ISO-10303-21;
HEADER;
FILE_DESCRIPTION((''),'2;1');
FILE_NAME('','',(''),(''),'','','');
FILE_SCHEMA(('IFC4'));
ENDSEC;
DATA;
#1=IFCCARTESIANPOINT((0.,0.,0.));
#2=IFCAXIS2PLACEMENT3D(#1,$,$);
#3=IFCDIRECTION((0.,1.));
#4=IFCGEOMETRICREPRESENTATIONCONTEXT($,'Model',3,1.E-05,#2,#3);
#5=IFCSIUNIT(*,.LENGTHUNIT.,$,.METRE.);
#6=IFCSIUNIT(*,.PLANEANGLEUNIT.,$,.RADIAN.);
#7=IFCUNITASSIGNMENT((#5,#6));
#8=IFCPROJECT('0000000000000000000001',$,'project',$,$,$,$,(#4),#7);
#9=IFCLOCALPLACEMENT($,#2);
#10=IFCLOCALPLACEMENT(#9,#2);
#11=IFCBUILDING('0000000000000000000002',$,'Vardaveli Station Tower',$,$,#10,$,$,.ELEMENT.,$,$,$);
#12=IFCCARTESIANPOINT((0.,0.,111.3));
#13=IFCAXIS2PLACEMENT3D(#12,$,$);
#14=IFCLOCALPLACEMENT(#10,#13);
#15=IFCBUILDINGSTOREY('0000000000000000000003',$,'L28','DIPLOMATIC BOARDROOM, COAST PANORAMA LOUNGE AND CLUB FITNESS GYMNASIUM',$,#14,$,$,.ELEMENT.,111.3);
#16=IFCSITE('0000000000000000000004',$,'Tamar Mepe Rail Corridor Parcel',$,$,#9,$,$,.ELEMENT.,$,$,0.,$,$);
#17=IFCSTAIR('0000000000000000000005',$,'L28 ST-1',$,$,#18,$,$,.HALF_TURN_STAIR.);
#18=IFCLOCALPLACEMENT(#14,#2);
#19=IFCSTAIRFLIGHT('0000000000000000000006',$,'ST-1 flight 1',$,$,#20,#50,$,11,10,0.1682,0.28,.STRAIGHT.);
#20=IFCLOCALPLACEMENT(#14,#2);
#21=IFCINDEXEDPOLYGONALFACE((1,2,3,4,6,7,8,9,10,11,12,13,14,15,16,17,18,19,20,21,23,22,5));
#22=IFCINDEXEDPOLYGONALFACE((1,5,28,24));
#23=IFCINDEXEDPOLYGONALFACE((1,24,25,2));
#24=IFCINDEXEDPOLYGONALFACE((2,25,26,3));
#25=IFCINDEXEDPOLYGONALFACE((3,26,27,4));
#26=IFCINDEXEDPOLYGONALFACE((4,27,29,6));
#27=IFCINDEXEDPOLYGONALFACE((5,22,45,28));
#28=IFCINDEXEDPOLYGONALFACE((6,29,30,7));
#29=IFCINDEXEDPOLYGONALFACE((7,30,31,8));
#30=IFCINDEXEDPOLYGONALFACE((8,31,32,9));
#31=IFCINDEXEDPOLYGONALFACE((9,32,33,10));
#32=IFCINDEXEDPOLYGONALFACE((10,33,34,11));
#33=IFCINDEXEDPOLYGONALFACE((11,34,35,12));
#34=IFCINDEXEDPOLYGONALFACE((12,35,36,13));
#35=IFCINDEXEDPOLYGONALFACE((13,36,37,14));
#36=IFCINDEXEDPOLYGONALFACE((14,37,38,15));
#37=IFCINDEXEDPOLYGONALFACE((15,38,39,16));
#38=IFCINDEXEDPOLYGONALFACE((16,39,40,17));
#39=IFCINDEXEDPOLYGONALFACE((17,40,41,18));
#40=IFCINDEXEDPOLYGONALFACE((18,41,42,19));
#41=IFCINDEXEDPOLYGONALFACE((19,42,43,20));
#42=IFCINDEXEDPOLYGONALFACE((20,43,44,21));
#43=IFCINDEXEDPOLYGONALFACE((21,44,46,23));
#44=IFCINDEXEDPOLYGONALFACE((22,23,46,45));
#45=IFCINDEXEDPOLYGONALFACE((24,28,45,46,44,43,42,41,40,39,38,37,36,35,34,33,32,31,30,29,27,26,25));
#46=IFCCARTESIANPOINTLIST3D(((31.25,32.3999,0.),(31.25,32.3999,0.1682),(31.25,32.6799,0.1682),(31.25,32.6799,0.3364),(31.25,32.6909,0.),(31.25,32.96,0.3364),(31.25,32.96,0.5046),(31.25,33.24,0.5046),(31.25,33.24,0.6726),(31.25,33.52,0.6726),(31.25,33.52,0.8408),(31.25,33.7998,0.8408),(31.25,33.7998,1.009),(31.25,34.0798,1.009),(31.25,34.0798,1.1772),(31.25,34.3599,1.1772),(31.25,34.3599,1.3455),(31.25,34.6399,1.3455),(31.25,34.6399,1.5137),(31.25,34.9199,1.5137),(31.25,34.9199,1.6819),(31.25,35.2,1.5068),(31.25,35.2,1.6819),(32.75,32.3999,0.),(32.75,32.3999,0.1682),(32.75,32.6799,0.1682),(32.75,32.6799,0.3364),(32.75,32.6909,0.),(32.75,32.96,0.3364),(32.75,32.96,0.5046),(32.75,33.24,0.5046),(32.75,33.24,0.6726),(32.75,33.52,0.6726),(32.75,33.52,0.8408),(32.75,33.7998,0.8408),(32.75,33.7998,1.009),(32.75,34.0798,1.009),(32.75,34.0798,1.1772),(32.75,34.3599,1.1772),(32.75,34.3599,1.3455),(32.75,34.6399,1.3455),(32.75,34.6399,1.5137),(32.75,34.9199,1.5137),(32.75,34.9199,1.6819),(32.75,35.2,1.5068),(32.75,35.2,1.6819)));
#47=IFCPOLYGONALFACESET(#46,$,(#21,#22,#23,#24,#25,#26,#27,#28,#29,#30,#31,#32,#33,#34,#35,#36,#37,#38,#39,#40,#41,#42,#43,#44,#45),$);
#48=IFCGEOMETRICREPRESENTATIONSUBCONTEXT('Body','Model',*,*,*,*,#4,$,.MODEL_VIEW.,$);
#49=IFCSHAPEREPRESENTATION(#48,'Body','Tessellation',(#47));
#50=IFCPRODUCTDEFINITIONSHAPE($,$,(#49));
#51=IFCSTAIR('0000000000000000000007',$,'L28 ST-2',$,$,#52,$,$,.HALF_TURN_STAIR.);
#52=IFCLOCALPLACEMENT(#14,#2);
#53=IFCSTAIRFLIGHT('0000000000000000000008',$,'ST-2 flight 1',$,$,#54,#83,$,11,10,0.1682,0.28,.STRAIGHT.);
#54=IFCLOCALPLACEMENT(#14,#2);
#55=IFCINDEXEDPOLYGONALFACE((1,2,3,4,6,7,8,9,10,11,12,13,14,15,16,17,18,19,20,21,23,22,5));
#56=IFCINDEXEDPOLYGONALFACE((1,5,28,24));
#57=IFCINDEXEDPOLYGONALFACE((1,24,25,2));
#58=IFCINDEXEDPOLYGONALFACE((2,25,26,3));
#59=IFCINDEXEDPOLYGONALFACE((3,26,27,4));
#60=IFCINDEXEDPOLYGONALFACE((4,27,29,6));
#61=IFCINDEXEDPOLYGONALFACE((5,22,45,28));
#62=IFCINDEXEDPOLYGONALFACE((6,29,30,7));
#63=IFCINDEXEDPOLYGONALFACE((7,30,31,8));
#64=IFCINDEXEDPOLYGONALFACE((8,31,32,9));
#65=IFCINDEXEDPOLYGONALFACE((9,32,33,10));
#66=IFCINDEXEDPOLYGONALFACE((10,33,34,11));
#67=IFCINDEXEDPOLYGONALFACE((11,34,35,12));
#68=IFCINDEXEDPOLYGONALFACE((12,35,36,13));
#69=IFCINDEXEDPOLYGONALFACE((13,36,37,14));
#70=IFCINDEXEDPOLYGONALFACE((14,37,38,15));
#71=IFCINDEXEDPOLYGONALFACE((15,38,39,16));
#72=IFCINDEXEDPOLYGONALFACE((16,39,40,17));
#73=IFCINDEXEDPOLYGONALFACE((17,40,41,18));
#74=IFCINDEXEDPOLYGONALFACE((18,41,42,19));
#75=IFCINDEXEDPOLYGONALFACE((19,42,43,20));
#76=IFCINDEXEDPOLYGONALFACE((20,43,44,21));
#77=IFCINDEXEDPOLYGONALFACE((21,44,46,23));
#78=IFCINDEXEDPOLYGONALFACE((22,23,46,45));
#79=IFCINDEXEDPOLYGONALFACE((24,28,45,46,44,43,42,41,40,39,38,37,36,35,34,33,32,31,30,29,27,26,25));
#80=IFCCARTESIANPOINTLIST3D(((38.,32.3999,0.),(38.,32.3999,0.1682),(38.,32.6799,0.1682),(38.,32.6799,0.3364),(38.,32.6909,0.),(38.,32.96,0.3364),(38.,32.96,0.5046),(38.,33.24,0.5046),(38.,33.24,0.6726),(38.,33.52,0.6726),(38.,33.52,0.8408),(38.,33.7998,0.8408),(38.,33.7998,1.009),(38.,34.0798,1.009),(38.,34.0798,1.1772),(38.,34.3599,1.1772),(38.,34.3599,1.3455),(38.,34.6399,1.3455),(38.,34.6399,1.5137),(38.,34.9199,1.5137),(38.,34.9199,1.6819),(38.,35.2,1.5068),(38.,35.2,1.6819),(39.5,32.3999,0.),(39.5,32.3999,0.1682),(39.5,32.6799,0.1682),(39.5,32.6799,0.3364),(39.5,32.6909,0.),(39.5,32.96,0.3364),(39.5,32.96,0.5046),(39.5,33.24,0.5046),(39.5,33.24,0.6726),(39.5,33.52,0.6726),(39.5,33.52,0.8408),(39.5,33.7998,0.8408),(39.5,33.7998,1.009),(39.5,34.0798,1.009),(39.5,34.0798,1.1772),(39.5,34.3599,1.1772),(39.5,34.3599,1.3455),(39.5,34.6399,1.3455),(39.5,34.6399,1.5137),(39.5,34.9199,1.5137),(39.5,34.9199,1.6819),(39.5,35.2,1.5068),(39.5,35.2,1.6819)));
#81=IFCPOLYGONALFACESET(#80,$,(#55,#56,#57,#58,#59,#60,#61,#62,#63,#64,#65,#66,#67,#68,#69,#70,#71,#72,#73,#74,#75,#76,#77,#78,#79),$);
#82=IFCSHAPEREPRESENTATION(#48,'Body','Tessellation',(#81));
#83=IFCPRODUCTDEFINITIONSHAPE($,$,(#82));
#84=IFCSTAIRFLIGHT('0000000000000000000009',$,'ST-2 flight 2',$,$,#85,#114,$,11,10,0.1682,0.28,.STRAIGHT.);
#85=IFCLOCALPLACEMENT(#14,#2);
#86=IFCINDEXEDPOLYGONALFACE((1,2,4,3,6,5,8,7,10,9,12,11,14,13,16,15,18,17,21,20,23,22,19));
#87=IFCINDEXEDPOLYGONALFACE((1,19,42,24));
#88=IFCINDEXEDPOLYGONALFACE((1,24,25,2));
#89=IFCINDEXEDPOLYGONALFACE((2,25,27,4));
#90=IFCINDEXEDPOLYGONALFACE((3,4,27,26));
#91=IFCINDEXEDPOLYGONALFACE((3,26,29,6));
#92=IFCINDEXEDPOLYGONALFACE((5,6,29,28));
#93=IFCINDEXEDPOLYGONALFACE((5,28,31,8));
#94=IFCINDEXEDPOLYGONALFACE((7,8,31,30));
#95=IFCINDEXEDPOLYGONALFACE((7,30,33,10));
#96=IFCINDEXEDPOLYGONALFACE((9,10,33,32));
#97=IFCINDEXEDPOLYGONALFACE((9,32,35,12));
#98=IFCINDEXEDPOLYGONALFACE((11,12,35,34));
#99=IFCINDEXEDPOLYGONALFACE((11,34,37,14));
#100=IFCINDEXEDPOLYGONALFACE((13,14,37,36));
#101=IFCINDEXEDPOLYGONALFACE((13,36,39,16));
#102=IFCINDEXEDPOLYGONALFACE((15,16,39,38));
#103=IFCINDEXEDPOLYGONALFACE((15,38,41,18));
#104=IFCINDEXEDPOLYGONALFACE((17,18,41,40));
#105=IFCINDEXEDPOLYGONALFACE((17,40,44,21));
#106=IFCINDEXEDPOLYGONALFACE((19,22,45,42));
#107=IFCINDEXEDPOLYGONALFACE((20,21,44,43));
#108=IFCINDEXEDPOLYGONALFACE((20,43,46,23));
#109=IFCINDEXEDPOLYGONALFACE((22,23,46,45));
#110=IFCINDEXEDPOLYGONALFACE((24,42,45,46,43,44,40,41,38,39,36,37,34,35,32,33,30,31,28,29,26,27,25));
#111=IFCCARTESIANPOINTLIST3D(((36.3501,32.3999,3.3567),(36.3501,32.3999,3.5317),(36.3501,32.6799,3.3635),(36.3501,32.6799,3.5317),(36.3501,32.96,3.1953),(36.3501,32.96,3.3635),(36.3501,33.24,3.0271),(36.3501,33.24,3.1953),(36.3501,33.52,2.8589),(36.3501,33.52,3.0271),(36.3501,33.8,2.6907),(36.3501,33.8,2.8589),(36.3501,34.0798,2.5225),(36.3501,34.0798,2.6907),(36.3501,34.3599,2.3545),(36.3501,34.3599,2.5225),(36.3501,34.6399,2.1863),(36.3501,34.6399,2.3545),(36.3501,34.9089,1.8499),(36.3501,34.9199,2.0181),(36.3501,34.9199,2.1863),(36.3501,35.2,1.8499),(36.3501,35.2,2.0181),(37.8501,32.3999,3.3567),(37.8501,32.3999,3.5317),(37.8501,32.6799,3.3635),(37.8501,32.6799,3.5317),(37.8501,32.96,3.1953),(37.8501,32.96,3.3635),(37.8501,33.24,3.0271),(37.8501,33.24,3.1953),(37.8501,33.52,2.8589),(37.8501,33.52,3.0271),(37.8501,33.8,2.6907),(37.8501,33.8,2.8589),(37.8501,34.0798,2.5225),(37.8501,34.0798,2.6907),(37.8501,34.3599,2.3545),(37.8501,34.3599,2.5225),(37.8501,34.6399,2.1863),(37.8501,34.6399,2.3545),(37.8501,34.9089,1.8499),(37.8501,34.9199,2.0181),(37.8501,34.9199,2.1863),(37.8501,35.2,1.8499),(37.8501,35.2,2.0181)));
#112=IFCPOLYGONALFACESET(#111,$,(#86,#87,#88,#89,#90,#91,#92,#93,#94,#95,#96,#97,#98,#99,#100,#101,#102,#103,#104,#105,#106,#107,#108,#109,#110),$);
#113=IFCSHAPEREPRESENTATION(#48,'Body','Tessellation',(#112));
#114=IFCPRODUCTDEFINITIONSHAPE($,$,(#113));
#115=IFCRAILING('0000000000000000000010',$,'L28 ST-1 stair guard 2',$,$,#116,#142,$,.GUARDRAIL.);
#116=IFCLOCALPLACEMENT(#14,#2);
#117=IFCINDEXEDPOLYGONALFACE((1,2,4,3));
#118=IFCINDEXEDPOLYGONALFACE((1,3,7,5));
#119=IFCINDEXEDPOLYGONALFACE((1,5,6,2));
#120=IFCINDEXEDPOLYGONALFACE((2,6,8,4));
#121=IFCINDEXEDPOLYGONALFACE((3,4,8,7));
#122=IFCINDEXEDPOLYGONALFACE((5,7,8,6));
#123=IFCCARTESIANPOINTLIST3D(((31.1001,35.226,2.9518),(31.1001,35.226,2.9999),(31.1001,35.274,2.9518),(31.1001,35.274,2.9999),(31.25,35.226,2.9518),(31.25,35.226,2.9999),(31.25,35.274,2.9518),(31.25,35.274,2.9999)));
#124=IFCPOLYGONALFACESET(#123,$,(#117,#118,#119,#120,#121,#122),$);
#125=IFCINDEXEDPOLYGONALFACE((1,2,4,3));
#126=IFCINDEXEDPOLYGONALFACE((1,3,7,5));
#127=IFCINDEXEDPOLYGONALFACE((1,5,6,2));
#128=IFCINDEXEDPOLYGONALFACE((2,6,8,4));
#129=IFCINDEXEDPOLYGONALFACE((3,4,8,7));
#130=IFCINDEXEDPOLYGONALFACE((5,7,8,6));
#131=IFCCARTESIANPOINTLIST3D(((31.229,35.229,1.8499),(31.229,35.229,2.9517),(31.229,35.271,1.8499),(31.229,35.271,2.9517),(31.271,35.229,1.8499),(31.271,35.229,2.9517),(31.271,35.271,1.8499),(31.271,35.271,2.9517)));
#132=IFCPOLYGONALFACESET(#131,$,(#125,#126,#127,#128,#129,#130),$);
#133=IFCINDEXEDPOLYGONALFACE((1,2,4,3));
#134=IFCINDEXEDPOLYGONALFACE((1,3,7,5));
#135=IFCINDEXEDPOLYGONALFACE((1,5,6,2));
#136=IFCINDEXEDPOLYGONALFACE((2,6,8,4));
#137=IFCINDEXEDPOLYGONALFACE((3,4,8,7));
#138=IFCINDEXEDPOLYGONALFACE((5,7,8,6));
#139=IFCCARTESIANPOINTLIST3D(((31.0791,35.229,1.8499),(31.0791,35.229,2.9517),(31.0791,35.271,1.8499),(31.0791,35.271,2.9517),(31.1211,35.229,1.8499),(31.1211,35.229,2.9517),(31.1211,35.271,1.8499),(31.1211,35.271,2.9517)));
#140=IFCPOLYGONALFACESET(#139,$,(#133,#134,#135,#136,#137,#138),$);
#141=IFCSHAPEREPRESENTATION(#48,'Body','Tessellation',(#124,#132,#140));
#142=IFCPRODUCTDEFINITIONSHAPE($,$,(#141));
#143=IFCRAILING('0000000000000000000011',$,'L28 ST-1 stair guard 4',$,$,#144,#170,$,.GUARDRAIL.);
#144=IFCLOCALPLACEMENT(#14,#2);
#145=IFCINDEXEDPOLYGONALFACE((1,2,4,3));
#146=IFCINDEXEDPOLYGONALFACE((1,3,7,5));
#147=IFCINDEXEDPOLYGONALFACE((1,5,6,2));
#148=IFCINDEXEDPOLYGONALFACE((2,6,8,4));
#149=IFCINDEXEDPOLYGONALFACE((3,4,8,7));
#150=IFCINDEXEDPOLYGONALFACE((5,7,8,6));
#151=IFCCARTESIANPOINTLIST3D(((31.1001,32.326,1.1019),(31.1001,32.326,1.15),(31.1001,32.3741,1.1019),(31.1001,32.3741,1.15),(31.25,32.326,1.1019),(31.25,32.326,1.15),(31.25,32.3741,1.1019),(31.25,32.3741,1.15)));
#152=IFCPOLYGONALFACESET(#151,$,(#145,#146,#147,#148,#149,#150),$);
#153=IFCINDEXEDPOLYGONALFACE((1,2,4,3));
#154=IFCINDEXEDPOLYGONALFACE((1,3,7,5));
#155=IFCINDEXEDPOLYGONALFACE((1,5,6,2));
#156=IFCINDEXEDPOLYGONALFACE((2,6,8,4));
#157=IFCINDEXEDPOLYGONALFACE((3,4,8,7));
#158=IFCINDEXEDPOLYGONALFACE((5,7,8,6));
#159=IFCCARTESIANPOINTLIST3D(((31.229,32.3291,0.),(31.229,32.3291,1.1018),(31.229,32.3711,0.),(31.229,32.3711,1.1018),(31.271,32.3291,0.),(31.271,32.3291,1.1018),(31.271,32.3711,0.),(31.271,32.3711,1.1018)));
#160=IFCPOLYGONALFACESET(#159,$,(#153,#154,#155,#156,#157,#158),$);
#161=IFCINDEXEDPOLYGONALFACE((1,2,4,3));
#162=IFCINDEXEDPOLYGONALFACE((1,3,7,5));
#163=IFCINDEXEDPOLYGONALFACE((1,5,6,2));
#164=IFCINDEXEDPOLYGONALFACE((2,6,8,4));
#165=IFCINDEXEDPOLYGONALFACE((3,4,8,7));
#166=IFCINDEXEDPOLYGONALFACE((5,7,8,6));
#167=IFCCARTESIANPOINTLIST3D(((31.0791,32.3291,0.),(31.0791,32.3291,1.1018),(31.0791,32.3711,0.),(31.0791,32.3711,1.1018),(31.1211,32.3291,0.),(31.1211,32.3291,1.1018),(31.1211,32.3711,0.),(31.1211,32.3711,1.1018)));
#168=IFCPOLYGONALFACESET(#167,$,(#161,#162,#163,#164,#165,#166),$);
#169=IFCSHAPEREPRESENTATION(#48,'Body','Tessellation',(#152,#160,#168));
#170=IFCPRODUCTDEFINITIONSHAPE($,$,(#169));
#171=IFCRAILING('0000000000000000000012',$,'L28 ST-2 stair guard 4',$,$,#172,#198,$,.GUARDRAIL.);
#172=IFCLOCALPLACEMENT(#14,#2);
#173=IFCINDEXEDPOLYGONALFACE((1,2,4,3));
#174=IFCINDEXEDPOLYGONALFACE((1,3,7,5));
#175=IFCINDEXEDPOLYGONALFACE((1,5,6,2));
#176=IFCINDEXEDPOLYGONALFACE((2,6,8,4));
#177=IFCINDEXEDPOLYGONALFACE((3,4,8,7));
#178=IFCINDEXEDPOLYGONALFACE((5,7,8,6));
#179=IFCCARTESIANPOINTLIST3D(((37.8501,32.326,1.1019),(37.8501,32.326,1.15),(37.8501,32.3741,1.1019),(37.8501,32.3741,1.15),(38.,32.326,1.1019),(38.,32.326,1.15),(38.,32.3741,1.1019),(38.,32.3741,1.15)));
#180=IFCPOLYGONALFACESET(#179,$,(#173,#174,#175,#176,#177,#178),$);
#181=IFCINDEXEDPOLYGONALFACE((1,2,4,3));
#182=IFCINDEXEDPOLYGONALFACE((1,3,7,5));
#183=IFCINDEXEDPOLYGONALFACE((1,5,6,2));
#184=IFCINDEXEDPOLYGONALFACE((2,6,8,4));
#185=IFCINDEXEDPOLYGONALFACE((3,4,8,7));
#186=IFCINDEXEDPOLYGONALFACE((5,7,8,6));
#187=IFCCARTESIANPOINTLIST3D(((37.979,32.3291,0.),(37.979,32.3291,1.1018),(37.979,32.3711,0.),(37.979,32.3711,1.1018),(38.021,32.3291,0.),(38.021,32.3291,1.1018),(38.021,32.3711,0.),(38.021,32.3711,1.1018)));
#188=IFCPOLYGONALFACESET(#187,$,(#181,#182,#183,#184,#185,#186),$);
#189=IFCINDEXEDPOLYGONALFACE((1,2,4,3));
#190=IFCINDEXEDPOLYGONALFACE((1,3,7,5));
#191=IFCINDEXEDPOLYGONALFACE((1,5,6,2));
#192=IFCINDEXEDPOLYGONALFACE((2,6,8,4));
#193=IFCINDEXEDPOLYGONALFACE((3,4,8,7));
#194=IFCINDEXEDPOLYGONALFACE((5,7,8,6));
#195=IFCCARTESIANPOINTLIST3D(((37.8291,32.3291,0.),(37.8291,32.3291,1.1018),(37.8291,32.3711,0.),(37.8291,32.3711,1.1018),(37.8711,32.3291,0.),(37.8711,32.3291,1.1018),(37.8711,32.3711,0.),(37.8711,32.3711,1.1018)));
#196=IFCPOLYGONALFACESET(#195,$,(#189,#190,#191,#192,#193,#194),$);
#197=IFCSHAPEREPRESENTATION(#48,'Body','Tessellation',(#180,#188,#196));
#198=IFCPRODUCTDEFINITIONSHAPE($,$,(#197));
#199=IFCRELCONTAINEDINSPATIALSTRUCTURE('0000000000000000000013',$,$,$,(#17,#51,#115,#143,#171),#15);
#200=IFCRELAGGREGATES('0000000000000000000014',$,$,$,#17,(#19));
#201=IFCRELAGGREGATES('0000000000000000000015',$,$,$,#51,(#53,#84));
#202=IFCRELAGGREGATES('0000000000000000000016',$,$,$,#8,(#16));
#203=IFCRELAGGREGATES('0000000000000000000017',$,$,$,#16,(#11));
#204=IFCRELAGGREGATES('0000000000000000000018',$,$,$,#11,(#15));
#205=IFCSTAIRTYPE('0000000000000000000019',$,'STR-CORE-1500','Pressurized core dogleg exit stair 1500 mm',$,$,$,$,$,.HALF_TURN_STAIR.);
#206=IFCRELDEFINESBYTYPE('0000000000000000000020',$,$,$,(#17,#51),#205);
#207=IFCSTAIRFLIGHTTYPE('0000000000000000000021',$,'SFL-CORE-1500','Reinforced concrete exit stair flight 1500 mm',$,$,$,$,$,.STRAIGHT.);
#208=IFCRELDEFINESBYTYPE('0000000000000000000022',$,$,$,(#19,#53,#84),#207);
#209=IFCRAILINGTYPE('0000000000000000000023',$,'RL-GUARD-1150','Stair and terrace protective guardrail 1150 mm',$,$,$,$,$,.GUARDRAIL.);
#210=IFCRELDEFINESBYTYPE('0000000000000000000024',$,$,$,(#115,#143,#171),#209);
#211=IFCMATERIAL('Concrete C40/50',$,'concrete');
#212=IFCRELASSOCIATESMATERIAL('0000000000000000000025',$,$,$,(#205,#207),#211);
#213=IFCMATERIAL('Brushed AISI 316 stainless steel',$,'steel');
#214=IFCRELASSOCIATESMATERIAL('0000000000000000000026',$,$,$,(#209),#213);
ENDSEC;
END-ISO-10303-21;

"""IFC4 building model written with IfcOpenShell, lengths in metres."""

from ifc_helpers import new_model, si_unit, direction, frame, origin, origin_2d, place, context, subcontext, project, spatial, polyline, rectangle, outline, extrude, source, transform, mapped, material, type_object, element, aggregate, save


model = new_model("IFC4")

# Units and contexts
model_context = context("Model", 3, precision=1e-05, world=origin(), true_north=direction((0.0, 1.0)))
body_context = subcontext(model_context, "Body", "Model", "MODEL_VIEW")
ifc_project = project(units=[si_unit("LENGTHUNIT", "METRE"), si_unit("PLANEANGLEUNIT", "RADIAN")], contexts=[model_context])

# Site, building, storey
site_placement = place(None, origin())
site = spatial("IfcSite", under=ifc_project, at=site_placement, Name="Tamar Mepe Rail Corridor Parcel", CompositionType="ELEMENT", RefElevation=0.0)
building_placement = place(site_placement, origin())
building = spatial("IfcBuilding", under=site, at=building_placement, Name="Vardaveli Station Tower", CompositionType="ELEMENT")
storey_placement = place(building_placement, frame((0.0, 0.0, 111.3)))
storey = spatial("IfcBuildingStorey", under=building, at=storey_placement, Name="L28", Description="DIPLOMATIC BOARDROOM, COAST PANORAMA LOUNGE AND CLUB FITNESS GYMNASIUM", CompositionType="ELEMENT", Elevation=111.3)

# Shared definitions
ifc_material_1 = material(Name="Concrete C40/50", Category="concrete")

# Stair, stair flight
stair_type = type_object("IfcStairType", Name="STR-CORE-1500", Description="Pressurized core dogleg exit stair 1500 mm", PredefinedType="HALF_TURN_STAIR", material=ifc_material_1)
stair_1_placement = place(storey_placement, origin())
stair_1 = element("IfcStair", 1, at=stair_1_placement, inside=storey, type_object=stair_type, Name="L28 ST-1", PredefinedType="HALF_TURN_STAIR")
stair_flight_type = type_object("IfcStairFlightType", Name="SFL-CORE-1500", Description="Reinforced concrete exit stair flight 1500 mm", PredefinedType="STRAIGHT", material=ifc_material_1)
shared_shape_1 = source(origin(), body_context, "Body", "SweptSolid", [
    extrude(outline(polyline([(0.0, 0.0), (0.0, 0.1682), (0.28, 0.1682), (0.28, 0.3364), (0.5601, 0.3364), (0.5601, 0.5046), (0.8401, 0.5046), (0.8401, 0.6726), (1.1201, 0.6726), (1.1201, 0.8408), (1.3999, 0.8408), (1.3999, 1.009), (1.6799, 1.009), (1.6799, 1.1772), (1.96, 1.1772), (1.96, 1.3455), (2.24, 1.3455), (2.24, 1.5137), (2.52, 1.5137), (2.52, 1.6819), (2.8, 1.6819), (2.8, 1.8501), (2.8, 1.5068), (0.291, 0.0), (0.0, 0.0)])), frame((0.0, 0.75, 0.0), z_axis=(0.0, -1.0, 0.0), x_axis=(1.0, 0.0, 0.0)), (0.0, 0.0, 1.0), 1.5),
])
stair_flight_1_placement = place(storey_placement, frame((32.0, 32.3999, 0.0), z_axis=(0.0, 0.0, 1.0), x_axis=(0.0, 1.0, 0.0)))
stair_flight_1 = element("IfcStairFlight", 2, at=stair_flight_1_placement, type_object=stair_flight_type, Name="ST-1 flight 1", NumberOfRisers=11, NumberOfTreads=10, PredefinedType="STRAIGHT", RiserHeight=0.1682, TreadLength=0.28, context=body_context, shape_type="MappedRepresentation", body=[
    mapped(shared_shape_1, transform((0.0, 0.0, 0.0), scale=1.0)),
])
aggregate(stair_1, [stair_flight_1])

# Stair, stair flights
stair_2_placement = place(storey_placement, origin())
stair_2 = element("IfcStair", 3, at=stair_2_placement, inside=storey, type_object=stair_type, Name="L28 ST-2", PredefinedType="HALF_TURN_STAIR")
stair_flight_2_placement = place(storey_placement, frame((38.75, 32.3999, 0.0), z_axis=(0.0, 0.0, 1.0), x_axis=(0.0, 1.0, 0.0)))
stair_flight_2 = element("IfcStairFlight", 4, at=stair_flight_2_placement, type_object=stair_flight_type, Name="ST-2 flight 1", NumberOfRisers=11, NumberOfTreads=10, PredefinedType="STRAIGHT", RiserHeight=0.1682, TreadLength=0.28, context=body_context, shape_type="MappedRepresentation", body=[
    mapped(shared_shape_1, transform((0.0, 0.0, 0.0), scale=1.0)),
])
stair_flight_3_placement = place(storey_placement, frame((37.1001, 35.2, 1.8499), z_axis=(0.0, 0.0, 1.0), x_axis=(0.0, -1.0, 0.0)))
stair_flight_3 = element("IfcStairFlight", 5, at=stair_flight_3_placement, type_object=stair_flight_type, Name="ST-2 flight 2", NumberOfRisers=11, NumberOfTreads=10, PredefinedType="STRAIGHT", RiserHeight=0.1682, TreadLength=0.28, context=body_context, shape_type="MappedRepresentation", body=[
    mapped(shared_shape_1, transform((0.0, 0.0, 0.0), scale=1.0)),
])
aggregate(stair_2, [stair_flight_2, stair_flight_3])

# Railings
ifc_material_2 = material(Name="Brushed AISI 316 stainless steel", Category="steel")
railing_type_1 = type_object("IfcRailingType", Name="RL-GUARD-1150", Description="Stair and terrace protective guardrail 1150 mm", PredefinedType="GUARDRAIL", material=ifc_material_2)
shared_shape_2 = source(origin(), body_context, "Body", "SweptSolid", [
    extrude(rectangle(XDim=0.0481, YDim=0.0481, at=origin_2d()), frame((0.0, 0.0, 1.126), z_axis=(-1.0, 0.0, 0.0), x_axis=(0.0, -1.0, 0.0)), (0.0, 0.0, 1.0), 0.1499),
    extrude(rectangle(XDim=0.042, YDim=0.042, at=origin_2d()), origin(), (0.0, 0.0, 1.0), 1.1018),
    extrude(rectangle(XDim=0.042, YDim=0.042, at=origin_2d()), frame((-0.1499, 0.0, 0.0)), (0.0, 0.0, 1.0), 1.1018),
])
for number, where, name in (
    (6, (31.25, 35.25, 1.8499), "L28 ST-1 stair guard 2"),
    (7, (31.25, 32.3501, 0.0), "L28 ST-1 stair guard 4"),
    (8, (38.0, 32.3501, 0.0), "L28 ST-2 stair guard 4"),
):
    element("IfcRailing", number, at=place(storey_placement, frame(where)), inside=storey, type_object=railing_type_1, Name=name, PredefinedType="GUARDRAIL", context=body_context, shape_type="MappedRepresentation", body=[
        mapped(shared_shape_2, transform((0.0, 0.0, 0.0), scale=1.0)),
    ])

save(model, "model.ifc")
